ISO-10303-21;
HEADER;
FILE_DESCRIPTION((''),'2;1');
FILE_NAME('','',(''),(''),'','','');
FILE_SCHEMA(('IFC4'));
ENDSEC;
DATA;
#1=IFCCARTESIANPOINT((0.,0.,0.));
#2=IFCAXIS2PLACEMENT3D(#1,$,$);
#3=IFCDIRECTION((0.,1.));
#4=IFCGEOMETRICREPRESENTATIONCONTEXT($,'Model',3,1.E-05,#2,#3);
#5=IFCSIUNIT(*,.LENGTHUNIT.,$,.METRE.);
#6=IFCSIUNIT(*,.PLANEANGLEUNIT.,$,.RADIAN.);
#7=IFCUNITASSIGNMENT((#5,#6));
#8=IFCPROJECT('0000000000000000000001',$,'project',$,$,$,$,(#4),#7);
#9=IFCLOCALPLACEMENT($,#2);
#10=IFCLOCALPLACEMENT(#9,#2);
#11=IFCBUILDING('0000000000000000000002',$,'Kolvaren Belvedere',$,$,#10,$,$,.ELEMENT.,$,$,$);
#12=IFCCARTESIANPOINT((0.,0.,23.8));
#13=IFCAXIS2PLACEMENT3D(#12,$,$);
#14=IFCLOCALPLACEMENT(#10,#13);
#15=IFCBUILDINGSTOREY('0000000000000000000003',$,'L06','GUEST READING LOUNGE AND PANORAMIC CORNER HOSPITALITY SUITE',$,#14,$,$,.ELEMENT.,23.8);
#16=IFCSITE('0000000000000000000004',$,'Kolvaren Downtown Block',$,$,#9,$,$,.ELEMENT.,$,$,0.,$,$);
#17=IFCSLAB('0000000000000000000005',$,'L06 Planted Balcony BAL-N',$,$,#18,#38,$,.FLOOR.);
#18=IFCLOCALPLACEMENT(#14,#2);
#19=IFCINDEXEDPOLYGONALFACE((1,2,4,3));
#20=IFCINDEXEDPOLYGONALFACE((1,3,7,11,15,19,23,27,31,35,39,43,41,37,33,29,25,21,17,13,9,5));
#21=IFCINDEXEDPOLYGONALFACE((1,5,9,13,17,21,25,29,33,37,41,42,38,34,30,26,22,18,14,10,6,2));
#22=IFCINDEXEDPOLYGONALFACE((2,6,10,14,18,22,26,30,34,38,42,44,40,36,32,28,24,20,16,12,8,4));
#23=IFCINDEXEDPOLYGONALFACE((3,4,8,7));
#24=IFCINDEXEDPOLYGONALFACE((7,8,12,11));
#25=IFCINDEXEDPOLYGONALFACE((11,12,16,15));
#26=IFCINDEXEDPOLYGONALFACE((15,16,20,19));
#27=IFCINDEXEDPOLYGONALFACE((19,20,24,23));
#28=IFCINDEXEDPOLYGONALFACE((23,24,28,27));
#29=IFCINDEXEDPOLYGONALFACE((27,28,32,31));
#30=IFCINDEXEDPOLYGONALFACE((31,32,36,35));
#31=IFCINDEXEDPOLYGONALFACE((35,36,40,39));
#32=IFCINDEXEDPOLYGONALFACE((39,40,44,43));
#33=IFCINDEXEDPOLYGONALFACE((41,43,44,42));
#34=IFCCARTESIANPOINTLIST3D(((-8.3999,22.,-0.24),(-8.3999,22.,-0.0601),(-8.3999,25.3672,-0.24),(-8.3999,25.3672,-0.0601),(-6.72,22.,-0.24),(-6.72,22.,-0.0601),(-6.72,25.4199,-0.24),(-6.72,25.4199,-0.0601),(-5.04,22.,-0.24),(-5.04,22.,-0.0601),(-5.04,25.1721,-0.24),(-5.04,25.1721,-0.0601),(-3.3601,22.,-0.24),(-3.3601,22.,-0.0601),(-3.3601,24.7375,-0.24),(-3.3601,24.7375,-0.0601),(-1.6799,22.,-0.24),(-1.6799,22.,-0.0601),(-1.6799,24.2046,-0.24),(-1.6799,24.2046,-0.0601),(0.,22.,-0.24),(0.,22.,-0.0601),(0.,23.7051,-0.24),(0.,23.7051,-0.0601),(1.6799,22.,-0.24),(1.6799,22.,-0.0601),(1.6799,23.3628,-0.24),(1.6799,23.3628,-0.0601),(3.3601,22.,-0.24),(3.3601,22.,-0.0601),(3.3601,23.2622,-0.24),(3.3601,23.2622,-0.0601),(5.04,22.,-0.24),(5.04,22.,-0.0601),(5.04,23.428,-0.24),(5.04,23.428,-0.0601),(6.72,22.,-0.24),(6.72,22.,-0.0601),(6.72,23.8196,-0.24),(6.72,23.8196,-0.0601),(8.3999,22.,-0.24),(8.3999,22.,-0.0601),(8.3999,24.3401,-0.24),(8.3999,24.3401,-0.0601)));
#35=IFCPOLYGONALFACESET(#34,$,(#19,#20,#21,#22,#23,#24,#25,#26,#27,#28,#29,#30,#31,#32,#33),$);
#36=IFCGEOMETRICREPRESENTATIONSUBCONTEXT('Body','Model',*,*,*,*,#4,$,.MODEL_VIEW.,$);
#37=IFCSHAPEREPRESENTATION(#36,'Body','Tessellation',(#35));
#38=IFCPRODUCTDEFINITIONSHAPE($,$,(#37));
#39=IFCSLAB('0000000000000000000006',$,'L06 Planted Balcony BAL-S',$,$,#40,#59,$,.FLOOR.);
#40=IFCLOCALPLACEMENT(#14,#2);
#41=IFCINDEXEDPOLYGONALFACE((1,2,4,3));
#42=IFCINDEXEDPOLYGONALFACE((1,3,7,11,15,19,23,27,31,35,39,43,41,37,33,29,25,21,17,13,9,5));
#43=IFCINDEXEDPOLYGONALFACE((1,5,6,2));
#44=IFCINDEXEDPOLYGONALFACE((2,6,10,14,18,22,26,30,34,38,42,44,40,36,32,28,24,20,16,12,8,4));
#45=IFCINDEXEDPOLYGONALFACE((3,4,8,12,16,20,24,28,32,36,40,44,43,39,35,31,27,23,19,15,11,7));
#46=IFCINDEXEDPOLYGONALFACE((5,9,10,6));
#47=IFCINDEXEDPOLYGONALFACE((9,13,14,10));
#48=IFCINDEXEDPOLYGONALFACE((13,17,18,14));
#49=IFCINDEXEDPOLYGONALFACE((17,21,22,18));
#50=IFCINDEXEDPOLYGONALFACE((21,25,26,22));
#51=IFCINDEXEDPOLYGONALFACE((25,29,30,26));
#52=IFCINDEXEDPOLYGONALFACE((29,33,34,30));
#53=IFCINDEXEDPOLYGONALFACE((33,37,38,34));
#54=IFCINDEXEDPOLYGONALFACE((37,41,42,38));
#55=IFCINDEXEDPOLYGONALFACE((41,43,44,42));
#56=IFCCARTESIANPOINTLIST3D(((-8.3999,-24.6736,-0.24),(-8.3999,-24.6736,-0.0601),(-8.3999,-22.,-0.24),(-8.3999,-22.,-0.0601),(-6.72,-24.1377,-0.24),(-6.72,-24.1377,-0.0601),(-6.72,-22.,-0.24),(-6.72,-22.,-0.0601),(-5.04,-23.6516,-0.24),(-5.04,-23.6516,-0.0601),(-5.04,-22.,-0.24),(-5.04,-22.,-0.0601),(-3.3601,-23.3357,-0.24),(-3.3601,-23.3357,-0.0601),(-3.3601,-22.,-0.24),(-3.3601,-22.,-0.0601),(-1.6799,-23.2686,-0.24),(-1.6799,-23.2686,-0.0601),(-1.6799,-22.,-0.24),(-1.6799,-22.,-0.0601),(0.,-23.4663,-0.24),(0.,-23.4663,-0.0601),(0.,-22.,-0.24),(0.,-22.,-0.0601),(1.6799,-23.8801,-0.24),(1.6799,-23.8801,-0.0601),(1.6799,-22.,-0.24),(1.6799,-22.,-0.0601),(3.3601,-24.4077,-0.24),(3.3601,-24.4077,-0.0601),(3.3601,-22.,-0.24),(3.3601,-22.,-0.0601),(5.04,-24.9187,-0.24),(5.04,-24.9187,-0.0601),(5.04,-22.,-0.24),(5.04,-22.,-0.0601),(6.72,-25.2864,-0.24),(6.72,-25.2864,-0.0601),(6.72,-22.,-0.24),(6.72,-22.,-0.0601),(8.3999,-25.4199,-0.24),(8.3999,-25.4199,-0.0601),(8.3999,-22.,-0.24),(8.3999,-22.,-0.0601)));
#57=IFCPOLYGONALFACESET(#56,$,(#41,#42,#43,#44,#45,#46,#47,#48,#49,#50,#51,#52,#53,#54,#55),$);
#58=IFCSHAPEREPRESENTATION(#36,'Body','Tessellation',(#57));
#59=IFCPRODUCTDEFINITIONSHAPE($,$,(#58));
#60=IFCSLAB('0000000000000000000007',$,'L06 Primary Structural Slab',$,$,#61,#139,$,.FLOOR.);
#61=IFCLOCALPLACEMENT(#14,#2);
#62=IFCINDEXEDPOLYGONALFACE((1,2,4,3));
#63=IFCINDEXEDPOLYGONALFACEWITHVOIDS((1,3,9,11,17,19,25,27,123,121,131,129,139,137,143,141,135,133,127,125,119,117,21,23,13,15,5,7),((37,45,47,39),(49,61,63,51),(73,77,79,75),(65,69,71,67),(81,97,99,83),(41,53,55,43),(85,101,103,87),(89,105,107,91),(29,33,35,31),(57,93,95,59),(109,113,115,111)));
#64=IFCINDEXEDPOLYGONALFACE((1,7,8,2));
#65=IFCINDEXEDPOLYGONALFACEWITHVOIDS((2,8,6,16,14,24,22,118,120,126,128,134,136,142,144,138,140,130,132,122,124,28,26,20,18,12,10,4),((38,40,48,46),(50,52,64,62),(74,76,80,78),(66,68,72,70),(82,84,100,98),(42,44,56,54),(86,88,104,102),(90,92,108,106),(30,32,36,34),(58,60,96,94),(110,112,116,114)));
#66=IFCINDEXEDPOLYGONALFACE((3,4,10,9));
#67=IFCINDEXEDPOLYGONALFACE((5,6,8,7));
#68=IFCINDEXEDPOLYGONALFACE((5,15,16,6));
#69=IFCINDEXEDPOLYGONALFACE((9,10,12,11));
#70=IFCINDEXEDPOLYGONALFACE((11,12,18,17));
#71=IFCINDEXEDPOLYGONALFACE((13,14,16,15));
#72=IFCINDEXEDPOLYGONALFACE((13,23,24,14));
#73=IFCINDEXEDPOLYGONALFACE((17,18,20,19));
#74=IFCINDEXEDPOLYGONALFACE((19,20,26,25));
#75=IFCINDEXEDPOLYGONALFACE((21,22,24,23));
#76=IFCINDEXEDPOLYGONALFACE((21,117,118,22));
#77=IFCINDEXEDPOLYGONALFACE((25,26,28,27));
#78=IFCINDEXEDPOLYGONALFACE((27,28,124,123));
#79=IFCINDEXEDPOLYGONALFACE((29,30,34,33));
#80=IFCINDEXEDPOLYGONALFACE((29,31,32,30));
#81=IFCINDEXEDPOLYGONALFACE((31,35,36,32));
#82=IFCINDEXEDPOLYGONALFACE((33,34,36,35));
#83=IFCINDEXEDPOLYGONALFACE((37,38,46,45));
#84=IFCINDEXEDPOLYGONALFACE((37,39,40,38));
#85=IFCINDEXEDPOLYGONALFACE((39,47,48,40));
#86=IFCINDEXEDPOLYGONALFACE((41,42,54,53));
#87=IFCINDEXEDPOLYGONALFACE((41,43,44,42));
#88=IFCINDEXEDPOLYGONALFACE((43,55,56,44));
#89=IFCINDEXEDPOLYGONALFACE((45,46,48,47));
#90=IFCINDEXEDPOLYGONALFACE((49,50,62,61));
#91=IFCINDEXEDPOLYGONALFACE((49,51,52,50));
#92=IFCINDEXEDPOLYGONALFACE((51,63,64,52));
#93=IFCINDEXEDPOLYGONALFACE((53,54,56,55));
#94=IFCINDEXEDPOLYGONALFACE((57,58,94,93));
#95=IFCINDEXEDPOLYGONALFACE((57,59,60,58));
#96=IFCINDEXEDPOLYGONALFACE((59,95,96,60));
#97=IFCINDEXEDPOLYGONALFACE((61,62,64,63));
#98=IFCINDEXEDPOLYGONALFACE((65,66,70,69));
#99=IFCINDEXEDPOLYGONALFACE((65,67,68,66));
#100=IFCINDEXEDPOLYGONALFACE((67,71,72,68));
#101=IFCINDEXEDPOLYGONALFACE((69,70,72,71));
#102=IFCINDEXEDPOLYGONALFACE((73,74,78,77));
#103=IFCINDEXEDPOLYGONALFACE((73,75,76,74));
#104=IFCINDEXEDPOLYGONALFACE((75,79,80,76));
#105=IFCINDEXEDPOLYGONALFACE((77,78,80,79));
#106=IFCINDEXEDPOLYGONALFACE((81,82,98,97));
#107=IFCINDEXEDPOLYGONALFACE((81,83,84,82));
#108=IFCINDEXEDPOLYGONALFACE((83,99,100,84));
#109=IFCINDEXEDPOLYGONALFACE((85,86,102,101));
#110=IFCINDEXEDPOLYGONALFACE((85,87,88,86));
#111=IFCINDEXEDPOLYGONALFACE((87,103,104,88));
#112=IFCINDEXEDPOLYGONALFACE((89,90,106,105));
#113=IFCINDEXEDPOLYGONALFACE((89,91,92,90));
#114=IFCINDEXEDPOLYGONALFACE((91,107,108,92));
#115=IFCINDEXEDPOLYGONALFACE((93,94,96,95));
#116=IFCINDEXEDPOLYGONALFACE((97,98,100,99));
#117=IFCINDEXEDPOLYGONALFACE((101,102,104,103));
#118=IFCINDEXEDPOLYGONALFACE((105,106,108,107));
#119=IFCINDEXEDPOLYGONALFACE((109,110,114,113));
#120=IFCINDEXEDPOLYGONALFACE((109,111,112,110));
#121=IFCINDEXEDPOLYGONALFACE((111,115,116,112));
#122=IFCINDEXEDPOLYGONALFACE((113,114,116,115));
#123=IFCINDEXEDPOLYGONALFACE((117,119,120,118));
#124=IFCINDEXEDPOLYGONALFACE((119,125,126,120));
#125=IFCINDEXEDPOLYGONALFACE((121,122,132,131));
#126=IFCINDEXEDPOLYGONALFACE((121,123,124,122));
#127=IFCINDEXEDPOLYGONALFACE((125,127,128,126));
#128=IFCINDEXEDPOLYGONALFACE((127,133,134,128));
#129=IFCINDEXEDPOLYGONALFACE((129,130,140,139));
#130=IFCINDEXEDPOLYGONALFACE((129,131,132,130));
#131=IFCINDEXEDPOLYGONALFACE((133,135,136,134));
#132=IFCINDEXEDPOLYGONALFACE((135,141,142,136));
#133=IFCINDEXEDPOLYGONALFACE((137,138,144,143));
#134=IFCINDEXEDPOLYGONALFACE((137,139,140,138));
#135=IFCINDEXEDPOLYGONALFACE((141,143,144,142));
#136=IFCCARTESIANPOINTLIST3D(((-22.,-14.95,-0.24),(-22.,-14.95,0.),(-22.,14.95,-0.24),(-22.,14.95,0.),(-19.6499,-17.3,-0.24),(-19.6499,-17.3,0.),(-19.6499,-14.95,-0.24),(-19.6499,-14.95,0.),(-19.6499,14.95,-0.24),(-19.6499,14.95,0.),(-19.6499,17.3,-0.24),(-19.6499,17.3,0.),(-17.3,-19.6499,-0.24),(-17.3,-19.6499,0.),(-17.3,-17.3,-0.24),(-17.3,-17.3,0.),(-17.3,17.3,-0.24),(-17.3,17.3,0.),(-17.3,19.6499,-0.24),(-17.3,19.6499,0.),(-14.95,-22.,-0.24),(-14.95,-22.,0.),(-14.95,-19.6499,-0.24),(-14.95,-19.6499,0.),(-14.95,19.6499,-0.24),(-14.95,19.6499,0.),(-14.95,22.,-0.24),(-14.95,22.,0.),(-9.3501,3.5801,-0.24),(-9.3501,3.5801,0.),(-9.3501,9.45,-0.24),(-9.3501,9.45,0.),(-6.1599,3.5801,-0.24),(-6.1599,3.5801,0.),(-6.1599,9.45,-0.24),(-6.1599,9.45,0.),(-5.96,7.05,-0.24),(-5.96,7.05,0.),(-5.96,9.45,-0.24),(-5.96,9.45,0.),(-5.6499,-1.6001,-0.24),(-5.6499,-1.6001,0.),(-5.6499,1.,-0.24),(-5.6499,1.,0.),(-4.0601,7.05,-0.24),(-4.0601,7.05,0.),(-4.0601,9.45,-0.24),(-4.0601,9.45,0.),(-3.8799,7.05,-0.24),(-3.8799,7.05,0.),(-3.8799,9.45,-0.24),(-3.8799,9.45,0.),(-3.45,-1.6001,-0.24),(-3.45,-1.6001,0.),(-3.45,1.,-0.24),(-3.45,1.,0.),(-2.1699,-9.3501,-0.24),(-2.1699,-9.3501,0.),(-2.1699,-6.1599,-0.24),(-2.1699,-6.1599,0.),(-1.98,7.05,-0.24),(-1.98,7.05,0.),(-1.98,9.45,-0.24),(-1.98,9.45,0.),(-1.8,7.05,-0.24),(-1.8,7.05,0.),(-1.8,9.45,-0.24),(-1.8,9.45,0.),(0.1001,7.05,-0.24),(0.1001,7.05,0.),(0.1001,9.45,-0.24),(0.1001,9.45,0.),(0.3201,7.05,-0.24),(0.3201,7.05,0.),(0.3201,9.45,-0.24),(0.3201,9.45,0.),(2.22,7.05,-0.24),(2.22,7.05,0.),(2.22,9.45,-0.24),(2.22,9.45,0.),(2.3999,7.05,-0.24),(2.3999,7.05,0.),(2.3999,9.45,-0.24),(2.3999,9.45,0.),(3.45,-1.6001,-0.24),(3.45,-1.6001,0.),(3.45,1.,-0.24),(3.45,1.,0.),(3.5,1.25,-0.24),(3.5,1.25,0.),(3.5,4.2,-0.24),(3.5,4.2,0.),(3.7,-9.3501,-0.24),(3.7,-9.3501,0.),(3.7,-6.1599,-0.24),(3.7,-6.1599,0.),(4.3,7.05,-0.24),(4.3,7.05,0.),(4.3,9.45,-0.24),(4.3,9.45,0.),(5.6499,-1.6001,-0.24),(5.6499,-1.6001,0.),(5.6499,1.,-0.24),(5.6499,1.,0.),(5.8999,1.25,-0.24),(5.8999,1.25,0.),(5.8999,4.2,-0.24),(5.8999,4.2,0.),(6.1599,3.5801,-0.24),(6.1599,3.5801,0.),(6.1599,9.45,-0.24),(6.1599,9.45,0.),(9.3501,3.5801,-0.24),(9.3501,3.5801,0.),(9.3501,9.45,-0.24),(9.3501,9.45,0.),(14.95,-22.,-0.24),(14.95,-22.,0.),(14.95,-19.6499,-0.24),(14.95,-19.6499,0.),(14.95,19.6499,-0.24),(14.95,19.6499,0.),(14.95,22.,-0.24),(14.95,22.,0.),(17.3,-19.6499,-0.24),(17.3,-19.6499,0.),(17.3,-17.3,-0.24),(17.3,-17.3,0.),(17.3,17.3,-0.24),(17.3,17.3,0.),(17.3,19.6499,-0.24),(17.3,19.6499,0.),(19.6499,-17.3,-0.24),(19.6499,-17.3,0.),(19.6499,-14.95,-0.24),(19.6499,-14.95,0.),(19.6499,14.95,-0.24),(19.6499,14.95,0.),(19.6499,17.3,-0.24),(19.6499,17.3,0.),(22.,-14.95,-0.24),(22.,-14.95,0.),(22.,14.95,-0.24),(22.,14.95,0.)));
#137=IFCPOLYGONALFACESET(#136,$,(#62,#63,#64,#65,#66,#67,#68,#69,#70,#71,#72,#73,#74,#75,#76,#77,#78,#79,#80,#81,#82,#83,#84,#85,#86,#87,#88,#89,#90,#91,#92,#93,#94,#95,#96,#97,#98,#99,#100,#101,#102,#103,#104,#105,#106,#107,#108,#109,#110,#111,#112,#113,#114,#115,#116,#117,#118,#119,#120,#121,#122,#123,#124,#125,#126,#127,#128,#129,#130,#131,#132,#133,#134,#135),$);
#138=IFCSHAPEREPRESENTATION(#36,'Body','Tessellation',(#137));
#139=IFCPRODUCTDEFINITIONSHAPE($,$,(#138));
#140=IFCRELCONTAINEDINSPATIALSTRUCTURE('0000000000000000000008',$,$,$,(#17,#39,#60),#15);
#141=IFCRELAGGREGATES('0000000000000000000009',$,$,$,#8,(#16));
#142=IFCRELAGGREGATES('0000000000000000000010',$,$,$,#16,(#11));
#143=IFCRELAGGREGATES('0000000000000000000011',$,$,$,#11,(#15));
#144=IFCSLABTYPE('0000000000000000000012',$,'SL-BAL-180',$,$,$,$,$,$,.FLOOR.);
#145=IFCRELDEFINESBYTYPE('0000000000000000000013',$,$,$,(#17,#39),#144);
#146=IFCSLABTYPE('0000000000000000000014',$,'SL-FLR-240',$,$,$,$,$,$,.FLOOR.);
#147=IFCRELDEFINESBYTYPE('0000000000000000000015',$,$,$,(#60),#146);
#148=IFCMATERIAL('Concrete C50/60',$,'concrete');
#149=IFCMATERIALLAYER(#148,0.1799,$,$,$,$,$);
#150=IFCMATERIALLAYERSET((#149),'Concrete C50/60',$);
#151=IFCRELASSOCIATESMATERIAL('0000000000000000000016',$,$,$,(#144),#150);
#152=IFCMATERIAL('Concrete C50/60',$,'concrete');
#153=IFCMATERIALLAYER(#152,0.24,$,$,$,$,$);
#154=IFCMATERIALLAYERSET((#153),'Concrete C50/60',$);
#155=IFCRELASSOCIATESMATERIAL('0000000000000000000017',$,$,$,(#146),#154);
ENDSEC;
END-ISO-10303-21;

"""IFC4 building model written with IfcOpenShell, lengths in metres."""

from ifc_helpers import new_model, si_unit, direction, frame, origin, place, context, subcontext, project, spatial, polyline, outline, extrude, material, layer, layer_set, type_object, element, save


model = new_model("IFC4")

# Units and contexts
model_context = context("Model", 3, precision=1e-05, world=origin(), true_north=direction((0.0, 1.0)))
body_context = subcontext(model_context, "Body", "Model", "MODEL_VIEW")
ifc_project = project(units=[si_unit("LENGTHUNIT", "METRE"), si_unit("PLANEANGLEUNIT", "RADIAN")], contexts=[model_context])

# Site, building, storey
site_placement = place(None, origin())
site = spatial("IfcSite", under=ifc_project, at=site_placement, Name="Kolvaren Downtown Block", CompositionType="ELEMENT", RefElevation=0.0)
building_placement = place(site_placement, origin())
building = spatial("IfcBuilding", under=site, at=building_placement, Name="Kolvaren Belvedere", CompositionType="ELEMENT")
storey_placement = place(building_placement, frame((0.0, 0.0, 23.8)))
storey = spatial("IfcBuildingStorey", under=building, at=storey_placement, Name="L06", Description="GUEST READING LOUNGE AND PANORAMIC CORNER HOSPITALITY SUITE", CompositionType="ELEMENT", Elevation=23.8)

# Slabs
ifc_material_1 = material(Name="Concrete C50/60", Category="concrete")
ifc_layer_1 = layer(ifc_material_1, 0.1799)
ifc_layer_set_1 = layer_set([ifc_layer_1], Name="Concrete C50/60")
slab_type_1 = type_object("IfcSlabType", Name="SL-BAL-180", PredefinedType="FLOOR", material=ifc_layer_set_1)
slab_1_placement = place(storey_placement, frame((0.0, 0.0, -0.24)))
element("IfcSlab", 1, at=slab_1_placement, inside=storey, type_object=slab_type_1, Name="L06 Planted Balcony BAL-N", PredefinedType="FLOOR", context=body_context, shape_type="SweptSolid", body=[
    extrude(outline(polyline([(-8.3999, 22.0), (-6.72, 22.0), (-5.04, 22.0), (-3.3601, 22.0), (-1.6799, 22.0), (0.0, 22.0), (1.6799, 22.0), (3.3601, 22.0), (5.04, 22.0), (6.72, 22.0), (8.3999, 22.0), (8.3999, 24.3401), (6.72, 23.8196), (5.04, 23.428), (3.3601, 23.2622), (1.6799, 23.3628), (0.0, 23.7051), (-1.6799, 24.2046), (-3.3601, 24.7375), (-5.04, 25.1721), (-6.72, 25.4199), (-8.3999, 25.3672), (-8.3999, 22.0)])), origin(), (0.0, 0.0, 1.0), 0.1799),
])
slab_2_placement = place(storey_placement, frame((0.0, 0.0, -0.24)))
element("IfcSlab", 2, at=slab_2_placement, inside=storey, type_object=slab_type_1, Name="L06 Planted Balcony BAL-S", PredefinedType="FLOOR", context=body_context, shape_type="SweptSolid", body=[
    extrude(outline(polyline([(-8.3999, -24.6736), (-6.72, -24.1377), (-5.04, -23.6516), (-3.3601, -23.3357), (-1.6799, -23.2686), (0.0, -23.4663), (1.6799, -23.8801), (3.3601, -24.4077), (5.04, -24.9187), (6.72, -25.2864), (8.3999, -25.4199), (8.3999, -22.0), (6.72, -22.0), (5.04, -22.0), (3.3601, -22.0), (1.6799, -22.0), (0.0, -22.0), (-1.6799, -22.0), (-3.3601, -22.0), (-5.04, -22.0), (-6.72, -22.0), (-8.3999, -22.0), (-8.3999, -24.6736)])), origin(), (0.0, 0.0, 1.0), 0.1799),
])
ifc_material_2 = material(Name="Concrete C50/60", Category="concrete")
ifc_layer_2 = layer(ifc_material_2, 0.24)
ifc_layer_set_2 = layer_set([ifc_layer_2], Name="Concrete C50/60")
slab_type_2 = type_object("IfcSlabType", Name="SL-FLR-240", PredefinedType="FLOOR", material=ifc_layer_set_2)
slab_3_placement = place(storey_placement, frame((0.0, 0.0, -0.24)))
element("IfcSlab", 3, at=slab_3_placement, inside=storey, type_object=slab_type_2, Name="L06 Primary Structural Slab", PredefinedType="FLOOR", context=body_context, shape_type="SweptSolid", body=[
    extrude(outline(polyline([(-14.95, -22.0), (14.95, -22.0), (14.95, -19.6499), (17.3, -19.6499), (17.3, -17.3), (19.6499, -17.3), (19.6499, -14.95), (22.0, -14.95), (22.0, 14.95), (19.6499, 14.95), (19.6499, 17.3), (17.3, 17.3), (17.3, 19.6499), (14.95, 19.6499), (14.95, 22.0), (-14.95, 22.0), (-14.95, 19.6499), (-17.3, 19.6499), (-17.3, 17.3), (-19.6499, 17.3), (-19.6499, 14.95), (-22.0, 14.95), (-22.0, -14.95), (-19.6499, -14.95), (-19.6499, -17.3), (-17.3, -17.3), (-17.3, -19.6499), (-14.95, -19.6499), (-14.95, -22.0)]), holes=[polyline([(-9.3501, 3.5801), (-6.1599, 3.5801), (-6.1599, 9.45), (-9.3501, 9.45), (-9.3501, 3.5801)]), polyline([(6.1599, 3.5801), (9.3501, 3.5801), (9.3501, 9.45), (6.1599, 9.45), (6.1599, 3.5801)]), polyline([(-2.1699, -9.3501), (3.7, -9.3501), (3.7, -6.1599), (-2.1699, -6.1599), (-2.1699, -9.3501)]), polyline([(-5.6499, -1.6001), (-3.45, -1.6001), (-3.45, 1.0), (-5.6499, 1.0), (-5.6499, -1.6001)]), polyline([(3.5, 1.25), (5.8999, 1.25), (5.8999, 4.2), (3.5, 4.2), (3.5, 1.25)]), polyline([(3.45, -1.6001), (5.6499, -1.6001), (5.6499, 1.0), (3.45, 1.0), (3.45, -1.6001)]), polyline([(-5.96, 7.05), (-4.0601, 7.05), (-4.0601, 9.45), (-5.96, 9.45), (-5.96, 7.05)]), polyline([(-3.8799, 7.05), (-1.98, 7.05), (-1.98, 9.45), (-3.8799, 9.45), (-3.8799, 7.05)]), polyline([(-1.8, 7.05), (0.1001, 7.05), (0.1001, 9.45), (-1.8, 9.45), (-1.8, 7.05)]), polyline([(0.3201, 7.05), (2.22, 7.05), (2.22, 9.45), (0.3201, 9.45), (0.3201, 7.05)]), polyline([(2.3999, 7.05), (4.3, 7.05), (4.3, 9.45), (2.3999, 9.45), (2.3999, 7.05)])]), origin(), (0.0, 0.0, 1.0), 0.24),
])

save(model, "model.ifc")
